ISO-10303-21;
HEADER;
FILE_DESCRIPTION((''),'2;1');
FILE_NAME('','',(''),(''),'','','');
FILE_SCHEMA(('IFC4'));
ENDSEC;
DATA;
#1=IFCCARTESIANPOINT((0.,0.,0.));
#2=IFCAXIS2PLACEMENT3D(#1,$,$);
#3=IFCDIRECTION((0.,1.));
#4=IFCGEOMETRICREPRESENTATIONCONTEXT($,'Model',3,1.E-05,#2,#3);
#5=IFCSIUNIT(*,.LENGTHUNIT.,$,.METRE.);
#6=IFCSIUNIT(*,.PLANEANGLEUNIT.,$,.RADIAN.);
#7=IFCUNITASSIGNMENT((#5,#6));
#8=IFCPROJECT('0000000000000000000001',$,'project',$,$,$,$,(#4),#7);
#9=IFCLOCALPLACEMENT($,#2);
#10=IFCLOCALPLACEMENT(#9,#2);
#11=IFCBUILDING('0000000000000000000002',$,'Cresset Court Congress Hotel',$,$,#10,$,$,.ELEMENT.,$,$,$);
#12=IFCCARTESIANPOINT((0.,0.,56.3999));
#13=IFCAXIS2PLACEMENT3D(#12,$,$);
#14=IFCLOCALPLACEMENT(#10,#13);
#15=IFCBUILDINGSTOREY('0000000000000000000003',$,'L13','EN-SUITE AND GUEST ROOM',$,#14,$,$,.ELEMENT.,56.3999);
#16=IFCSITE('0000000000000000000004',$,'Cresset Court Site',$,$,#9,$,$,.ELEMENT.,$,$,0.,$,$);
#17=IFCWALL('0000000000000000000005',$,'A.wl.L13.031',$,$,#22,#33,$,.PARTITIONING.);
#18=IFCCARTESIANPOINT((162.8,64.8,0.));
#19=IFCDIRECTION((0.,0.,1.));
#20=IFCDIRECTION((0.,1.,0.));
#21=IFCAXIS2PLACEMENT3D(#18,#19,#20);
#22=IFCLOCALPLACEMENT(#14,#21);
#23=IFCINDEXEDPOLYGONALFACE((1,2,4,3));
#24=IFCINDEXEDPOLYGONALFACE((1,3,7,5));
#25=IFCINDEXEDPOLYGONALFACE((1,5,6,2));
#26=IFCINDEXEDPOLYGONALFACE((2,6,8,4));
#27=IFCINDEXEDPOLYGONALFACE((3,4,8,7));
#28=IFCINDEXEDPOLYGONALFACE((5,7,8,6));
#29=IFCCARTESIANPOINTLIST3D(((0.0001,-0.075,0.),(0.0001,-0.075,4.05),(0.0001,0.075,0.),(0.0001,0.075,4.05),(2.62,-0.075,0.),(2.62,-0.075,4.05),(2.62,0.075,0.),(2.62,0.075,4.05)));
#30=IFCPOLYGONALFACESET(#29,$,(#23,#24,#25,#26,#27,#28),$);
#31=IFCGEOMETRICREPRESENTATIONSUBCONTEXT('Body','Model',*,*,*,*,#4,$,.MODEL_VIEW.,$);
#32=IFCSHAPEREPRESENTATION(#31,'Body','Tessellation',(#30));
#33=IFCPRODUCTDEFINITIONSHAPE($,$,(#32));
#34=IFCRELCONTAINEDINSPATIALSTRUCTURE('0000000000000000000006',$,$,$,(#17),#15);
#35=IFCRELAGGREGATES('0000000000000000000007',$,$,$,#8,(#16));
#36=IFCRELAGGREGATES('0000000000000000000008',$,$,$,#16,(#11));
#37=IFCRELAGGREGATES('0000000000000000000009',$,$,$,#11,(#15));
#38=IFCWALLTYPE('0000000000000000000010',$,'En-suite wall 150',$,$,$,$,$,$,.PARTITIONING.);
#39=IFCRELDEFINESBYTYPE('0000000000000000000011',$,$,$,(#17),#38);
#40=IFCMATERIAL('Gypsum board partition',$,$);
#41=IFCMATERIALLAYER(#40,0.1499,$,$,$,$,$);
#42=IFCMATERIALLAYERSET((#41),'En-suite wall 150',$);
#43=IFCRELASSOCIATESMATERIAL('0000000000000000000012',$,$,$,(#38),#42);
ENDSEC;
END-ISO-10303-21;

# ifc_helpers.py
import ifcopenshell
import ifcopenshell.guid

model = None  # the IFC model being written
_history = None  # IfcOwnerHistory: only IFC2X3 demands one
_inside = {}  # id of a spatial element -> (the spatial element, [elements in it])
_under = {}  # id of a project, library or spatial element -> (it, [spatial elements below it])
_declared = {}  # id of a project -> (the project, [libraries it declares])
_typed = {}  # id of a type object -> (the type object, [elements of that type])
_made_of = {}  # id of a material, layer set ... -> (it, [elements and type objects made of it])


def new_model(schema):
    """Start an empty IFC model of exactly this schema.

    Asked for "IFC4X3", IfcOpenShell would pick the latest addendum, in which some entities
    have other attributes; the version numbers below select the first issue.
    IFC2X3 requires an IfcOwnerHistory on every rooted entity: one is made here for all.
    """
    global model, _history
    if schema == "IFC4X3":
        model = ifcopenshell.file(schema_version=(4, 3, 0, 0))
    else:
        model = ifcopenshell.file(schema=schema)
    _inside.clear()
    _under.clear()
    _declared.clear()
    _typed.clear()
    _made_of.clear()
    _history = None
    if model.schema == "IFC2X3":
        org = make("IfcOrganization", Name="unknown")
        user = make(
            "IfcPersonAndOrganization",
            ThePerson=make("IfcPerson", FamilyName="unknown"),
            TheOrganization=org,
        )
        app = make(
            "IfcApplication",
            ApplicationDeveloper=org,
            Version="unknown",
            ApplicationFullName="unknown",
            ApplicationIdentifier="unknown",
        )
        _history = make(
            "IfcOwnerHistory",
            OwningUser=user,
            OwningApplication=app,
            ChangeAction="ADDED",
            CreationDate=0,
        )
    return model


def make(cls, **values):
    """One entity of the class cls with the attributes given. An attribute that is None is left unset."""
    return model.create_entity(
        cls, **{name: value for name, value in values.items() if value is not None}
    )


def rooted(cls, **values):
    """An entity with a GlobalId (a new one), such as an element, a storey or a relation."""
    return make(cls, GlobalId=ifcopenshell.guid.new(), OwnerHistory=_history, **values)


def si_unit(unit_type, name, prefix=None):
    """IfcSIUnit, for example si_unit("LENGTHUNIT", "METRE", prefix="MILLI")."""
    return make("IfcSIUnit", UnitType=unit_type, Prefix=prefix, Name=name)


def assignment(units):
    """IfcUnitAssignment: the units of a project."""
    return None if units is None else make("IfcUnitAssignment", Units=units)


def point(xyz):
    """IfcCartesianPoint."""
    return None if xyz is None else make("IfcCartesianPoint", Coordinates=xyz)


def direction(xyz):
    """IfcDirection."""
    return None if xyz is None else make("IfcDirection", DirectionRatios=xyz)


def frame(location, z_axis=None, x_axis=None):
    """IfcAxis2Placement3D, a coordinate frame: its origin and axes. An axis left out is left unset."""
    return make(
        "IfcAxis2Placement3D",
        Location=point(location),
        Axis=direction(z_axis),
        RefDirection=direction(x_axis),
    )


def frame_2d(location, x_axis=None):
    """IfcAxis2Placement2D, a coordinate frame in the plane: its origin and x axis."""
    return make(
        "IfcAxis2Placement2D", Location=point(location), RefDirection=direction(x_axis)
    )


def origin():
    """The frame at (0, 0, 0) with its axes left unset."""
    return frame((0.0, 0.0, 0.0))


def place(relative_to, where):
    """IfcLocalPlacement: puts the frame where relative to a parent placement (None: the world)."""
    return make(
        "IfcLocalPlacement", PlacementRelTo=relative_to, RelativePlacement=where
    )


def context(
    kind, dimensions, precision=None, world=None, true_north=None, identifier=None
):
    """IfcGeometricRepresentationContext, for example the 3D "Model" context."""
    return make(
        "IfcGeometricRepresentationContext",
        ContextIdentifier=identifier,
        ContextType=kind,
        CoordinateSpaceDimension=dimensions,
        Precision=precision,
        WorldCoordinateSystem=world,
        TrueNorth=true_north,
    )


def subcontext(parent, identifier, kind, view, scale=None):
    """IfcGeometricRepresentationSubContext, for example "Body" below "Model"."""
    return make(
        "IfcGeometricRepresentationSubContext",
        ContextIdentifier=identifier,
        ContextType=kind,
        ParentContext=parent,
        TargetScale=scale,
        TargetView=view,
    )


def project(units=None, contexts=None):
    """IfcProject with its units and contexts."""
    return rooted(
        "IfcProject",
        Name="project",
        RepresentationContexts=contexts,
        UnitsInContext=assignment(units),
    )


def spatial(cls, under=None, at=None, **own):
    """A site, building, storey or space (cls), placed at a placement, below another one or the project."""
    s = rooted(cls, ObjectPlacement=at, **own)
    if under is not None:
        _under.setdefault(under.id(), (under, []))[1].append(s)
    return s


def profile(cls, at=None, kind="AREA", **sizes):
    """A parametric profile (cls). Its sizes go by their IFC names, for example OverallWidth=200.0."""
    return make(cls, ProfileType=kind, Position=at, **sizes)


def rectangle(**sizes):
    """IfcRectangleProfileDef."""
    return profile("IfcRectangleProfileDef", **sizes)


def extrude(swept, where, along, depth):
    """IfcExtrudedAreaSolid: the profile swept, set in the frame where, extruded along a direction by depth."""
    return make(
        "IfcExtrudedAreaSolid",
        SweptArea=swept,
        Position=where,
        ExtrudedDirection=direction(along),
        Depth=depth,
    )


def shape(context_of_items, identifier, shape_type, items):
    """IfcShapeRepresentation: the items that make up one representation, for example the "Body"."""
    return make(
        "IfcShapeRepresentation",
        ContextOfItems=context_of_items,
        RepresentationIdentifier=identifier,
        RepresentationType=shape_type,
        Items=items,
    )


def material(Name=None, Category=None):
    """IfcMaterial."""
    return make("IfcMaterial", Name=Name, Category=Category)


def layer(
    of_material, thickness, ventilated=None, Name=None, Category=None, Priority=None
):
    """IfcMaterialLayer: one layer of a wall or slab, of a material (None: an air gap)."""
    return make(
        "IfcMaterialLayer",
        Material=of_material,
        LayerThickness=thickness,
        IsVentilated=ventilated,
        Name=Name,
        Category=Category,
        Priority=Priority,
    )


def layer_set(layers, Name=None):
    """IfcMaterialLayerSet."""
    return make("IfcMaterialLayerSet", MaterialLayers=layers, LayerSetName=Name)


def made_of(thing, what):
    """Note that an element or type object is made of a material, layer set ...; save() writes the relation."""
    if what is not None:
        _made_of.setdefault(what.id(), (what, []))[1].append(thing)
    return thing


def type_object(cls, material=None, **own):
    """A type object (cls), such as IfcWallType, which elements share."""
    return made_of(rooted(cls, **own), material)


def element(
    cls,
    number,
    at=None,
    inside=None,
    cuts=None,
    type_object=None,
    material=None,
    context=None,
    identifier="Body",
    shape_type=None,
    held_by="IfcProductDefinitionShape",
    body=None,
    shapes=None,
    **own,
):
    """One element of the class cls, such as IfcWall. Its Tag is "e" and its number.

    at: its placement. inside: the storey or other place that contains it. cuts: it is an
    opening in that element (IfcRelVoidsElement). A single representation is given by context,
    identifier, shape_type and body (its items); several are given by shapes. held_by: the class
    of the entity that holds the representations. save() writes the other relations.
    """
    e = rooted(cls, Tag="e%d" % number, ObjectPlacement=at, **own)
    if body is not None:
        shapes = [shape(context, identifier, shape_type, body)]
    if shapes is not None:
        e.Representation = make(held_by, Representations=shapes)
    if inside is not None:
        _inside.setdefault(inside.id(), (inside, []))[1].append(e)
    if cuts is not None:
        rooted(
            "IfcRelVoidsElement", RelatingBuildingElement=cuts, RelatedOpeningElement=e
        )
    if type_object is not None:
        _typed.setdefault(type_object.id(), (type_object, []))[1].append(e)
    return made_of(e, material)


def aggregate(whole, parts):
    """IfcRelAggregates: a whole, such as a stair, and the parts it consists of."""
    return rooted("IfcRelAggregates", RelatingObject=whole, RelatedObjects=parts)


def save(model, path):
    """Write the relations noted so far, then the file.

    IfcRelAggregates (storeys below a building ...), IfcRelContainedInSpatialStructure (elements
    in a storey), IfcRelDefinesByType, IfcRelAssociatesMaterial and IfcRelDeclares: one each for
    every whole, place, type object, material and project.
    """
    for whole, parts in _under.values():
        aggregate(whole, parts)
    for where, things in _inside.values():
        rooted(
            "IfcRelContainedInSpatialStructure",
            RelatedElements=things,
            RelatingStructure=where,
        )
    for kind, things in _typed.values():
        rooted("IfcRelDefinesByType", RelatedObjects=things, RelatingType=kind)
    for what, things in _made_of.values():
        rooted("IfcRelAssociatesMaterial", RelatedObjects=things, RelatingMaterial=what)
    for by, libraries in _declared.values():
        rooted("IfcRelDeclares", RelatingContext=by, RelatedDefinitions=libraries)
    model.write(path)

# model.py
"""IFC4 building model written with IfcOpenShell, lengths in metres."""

from ifc_helpers import new_model, si_unit, direction, frame, frame_2d, origin, place, context, subcontext, project, spatial, rectangle, extrude, material, layer, layer_set, type_object, element, save


model = new_model("IFC4")

# Units and contexts
model_context = context("Model", 3, precision=1e-05, world=origin(), true_north=direction((0.0, 1.0)))
body_context = subcontext(model_context, "Body", "Model", "MODEL_VIEW")
ifc_project = project(units=[si_unit("LENGTHUNIT", "METRE"), si_unit("PLANEANGLEUNIT", "RADIAN")], contexts=[model_context])

# Site, building, storey
site_placement = place(None, origin())
site = spatial("IfcSite", under=ifc_project, at=site_placement, Name="Cresset Court Site", CompositionType="ELEMENT", RefElevation=0.0)
building_placement = place(site_placement, origin())
building = spatial("IfcBuilding", under=site, at=building_placement, Name="Cresset Court Congress Hotel", CompositionType="ELEMENT")
storey_placement = place(building_placement, frame((0.0, 0.0, 56.3999)))
storey = spatial("IfcBuildingStorey", under=building, at=storey_placement, Name="L13", Description="EN-SUITE AND GUEST ROOM", CompositionType="ELEMENT", Elevation=56.3999)

# Shared definitions
ifc_material_1 = material(Name="Gypsum board partition")
ifc_layer = layer(ifc_material_1, 0.1499)
ifc_layer_set = layer_set([ifc_layer], Name="En-suite wall 150")
wall_type = type_object("IfcWallType", Name="En-suite wall 150", PredefinedType="PARTITIONING", material=ifc_layer_set)

# Wall
wall_1_placement = place(storey_placement, frame((162.8, 64.8, 0.0), z_axis=(0.0, 0.0, 1.0), x_axis=(0.0, 1.0, 0.0)))
element("IfcWall", 1, at=wall_1_placement, inside=storey, type_object=wall_type, Name="A.wl.L13.031", PredefinedType="PARTITIONING", context=body_context, shape_type="SweptSolid", body=[
    extrude(rectangle(XDim=2.6199, YDim=0.1499, at=frame_2d((1.3101, 0.0))), origin(), (0.0, 0.0, 1.0), 4.05),
])

save(model, "model.ifc")
